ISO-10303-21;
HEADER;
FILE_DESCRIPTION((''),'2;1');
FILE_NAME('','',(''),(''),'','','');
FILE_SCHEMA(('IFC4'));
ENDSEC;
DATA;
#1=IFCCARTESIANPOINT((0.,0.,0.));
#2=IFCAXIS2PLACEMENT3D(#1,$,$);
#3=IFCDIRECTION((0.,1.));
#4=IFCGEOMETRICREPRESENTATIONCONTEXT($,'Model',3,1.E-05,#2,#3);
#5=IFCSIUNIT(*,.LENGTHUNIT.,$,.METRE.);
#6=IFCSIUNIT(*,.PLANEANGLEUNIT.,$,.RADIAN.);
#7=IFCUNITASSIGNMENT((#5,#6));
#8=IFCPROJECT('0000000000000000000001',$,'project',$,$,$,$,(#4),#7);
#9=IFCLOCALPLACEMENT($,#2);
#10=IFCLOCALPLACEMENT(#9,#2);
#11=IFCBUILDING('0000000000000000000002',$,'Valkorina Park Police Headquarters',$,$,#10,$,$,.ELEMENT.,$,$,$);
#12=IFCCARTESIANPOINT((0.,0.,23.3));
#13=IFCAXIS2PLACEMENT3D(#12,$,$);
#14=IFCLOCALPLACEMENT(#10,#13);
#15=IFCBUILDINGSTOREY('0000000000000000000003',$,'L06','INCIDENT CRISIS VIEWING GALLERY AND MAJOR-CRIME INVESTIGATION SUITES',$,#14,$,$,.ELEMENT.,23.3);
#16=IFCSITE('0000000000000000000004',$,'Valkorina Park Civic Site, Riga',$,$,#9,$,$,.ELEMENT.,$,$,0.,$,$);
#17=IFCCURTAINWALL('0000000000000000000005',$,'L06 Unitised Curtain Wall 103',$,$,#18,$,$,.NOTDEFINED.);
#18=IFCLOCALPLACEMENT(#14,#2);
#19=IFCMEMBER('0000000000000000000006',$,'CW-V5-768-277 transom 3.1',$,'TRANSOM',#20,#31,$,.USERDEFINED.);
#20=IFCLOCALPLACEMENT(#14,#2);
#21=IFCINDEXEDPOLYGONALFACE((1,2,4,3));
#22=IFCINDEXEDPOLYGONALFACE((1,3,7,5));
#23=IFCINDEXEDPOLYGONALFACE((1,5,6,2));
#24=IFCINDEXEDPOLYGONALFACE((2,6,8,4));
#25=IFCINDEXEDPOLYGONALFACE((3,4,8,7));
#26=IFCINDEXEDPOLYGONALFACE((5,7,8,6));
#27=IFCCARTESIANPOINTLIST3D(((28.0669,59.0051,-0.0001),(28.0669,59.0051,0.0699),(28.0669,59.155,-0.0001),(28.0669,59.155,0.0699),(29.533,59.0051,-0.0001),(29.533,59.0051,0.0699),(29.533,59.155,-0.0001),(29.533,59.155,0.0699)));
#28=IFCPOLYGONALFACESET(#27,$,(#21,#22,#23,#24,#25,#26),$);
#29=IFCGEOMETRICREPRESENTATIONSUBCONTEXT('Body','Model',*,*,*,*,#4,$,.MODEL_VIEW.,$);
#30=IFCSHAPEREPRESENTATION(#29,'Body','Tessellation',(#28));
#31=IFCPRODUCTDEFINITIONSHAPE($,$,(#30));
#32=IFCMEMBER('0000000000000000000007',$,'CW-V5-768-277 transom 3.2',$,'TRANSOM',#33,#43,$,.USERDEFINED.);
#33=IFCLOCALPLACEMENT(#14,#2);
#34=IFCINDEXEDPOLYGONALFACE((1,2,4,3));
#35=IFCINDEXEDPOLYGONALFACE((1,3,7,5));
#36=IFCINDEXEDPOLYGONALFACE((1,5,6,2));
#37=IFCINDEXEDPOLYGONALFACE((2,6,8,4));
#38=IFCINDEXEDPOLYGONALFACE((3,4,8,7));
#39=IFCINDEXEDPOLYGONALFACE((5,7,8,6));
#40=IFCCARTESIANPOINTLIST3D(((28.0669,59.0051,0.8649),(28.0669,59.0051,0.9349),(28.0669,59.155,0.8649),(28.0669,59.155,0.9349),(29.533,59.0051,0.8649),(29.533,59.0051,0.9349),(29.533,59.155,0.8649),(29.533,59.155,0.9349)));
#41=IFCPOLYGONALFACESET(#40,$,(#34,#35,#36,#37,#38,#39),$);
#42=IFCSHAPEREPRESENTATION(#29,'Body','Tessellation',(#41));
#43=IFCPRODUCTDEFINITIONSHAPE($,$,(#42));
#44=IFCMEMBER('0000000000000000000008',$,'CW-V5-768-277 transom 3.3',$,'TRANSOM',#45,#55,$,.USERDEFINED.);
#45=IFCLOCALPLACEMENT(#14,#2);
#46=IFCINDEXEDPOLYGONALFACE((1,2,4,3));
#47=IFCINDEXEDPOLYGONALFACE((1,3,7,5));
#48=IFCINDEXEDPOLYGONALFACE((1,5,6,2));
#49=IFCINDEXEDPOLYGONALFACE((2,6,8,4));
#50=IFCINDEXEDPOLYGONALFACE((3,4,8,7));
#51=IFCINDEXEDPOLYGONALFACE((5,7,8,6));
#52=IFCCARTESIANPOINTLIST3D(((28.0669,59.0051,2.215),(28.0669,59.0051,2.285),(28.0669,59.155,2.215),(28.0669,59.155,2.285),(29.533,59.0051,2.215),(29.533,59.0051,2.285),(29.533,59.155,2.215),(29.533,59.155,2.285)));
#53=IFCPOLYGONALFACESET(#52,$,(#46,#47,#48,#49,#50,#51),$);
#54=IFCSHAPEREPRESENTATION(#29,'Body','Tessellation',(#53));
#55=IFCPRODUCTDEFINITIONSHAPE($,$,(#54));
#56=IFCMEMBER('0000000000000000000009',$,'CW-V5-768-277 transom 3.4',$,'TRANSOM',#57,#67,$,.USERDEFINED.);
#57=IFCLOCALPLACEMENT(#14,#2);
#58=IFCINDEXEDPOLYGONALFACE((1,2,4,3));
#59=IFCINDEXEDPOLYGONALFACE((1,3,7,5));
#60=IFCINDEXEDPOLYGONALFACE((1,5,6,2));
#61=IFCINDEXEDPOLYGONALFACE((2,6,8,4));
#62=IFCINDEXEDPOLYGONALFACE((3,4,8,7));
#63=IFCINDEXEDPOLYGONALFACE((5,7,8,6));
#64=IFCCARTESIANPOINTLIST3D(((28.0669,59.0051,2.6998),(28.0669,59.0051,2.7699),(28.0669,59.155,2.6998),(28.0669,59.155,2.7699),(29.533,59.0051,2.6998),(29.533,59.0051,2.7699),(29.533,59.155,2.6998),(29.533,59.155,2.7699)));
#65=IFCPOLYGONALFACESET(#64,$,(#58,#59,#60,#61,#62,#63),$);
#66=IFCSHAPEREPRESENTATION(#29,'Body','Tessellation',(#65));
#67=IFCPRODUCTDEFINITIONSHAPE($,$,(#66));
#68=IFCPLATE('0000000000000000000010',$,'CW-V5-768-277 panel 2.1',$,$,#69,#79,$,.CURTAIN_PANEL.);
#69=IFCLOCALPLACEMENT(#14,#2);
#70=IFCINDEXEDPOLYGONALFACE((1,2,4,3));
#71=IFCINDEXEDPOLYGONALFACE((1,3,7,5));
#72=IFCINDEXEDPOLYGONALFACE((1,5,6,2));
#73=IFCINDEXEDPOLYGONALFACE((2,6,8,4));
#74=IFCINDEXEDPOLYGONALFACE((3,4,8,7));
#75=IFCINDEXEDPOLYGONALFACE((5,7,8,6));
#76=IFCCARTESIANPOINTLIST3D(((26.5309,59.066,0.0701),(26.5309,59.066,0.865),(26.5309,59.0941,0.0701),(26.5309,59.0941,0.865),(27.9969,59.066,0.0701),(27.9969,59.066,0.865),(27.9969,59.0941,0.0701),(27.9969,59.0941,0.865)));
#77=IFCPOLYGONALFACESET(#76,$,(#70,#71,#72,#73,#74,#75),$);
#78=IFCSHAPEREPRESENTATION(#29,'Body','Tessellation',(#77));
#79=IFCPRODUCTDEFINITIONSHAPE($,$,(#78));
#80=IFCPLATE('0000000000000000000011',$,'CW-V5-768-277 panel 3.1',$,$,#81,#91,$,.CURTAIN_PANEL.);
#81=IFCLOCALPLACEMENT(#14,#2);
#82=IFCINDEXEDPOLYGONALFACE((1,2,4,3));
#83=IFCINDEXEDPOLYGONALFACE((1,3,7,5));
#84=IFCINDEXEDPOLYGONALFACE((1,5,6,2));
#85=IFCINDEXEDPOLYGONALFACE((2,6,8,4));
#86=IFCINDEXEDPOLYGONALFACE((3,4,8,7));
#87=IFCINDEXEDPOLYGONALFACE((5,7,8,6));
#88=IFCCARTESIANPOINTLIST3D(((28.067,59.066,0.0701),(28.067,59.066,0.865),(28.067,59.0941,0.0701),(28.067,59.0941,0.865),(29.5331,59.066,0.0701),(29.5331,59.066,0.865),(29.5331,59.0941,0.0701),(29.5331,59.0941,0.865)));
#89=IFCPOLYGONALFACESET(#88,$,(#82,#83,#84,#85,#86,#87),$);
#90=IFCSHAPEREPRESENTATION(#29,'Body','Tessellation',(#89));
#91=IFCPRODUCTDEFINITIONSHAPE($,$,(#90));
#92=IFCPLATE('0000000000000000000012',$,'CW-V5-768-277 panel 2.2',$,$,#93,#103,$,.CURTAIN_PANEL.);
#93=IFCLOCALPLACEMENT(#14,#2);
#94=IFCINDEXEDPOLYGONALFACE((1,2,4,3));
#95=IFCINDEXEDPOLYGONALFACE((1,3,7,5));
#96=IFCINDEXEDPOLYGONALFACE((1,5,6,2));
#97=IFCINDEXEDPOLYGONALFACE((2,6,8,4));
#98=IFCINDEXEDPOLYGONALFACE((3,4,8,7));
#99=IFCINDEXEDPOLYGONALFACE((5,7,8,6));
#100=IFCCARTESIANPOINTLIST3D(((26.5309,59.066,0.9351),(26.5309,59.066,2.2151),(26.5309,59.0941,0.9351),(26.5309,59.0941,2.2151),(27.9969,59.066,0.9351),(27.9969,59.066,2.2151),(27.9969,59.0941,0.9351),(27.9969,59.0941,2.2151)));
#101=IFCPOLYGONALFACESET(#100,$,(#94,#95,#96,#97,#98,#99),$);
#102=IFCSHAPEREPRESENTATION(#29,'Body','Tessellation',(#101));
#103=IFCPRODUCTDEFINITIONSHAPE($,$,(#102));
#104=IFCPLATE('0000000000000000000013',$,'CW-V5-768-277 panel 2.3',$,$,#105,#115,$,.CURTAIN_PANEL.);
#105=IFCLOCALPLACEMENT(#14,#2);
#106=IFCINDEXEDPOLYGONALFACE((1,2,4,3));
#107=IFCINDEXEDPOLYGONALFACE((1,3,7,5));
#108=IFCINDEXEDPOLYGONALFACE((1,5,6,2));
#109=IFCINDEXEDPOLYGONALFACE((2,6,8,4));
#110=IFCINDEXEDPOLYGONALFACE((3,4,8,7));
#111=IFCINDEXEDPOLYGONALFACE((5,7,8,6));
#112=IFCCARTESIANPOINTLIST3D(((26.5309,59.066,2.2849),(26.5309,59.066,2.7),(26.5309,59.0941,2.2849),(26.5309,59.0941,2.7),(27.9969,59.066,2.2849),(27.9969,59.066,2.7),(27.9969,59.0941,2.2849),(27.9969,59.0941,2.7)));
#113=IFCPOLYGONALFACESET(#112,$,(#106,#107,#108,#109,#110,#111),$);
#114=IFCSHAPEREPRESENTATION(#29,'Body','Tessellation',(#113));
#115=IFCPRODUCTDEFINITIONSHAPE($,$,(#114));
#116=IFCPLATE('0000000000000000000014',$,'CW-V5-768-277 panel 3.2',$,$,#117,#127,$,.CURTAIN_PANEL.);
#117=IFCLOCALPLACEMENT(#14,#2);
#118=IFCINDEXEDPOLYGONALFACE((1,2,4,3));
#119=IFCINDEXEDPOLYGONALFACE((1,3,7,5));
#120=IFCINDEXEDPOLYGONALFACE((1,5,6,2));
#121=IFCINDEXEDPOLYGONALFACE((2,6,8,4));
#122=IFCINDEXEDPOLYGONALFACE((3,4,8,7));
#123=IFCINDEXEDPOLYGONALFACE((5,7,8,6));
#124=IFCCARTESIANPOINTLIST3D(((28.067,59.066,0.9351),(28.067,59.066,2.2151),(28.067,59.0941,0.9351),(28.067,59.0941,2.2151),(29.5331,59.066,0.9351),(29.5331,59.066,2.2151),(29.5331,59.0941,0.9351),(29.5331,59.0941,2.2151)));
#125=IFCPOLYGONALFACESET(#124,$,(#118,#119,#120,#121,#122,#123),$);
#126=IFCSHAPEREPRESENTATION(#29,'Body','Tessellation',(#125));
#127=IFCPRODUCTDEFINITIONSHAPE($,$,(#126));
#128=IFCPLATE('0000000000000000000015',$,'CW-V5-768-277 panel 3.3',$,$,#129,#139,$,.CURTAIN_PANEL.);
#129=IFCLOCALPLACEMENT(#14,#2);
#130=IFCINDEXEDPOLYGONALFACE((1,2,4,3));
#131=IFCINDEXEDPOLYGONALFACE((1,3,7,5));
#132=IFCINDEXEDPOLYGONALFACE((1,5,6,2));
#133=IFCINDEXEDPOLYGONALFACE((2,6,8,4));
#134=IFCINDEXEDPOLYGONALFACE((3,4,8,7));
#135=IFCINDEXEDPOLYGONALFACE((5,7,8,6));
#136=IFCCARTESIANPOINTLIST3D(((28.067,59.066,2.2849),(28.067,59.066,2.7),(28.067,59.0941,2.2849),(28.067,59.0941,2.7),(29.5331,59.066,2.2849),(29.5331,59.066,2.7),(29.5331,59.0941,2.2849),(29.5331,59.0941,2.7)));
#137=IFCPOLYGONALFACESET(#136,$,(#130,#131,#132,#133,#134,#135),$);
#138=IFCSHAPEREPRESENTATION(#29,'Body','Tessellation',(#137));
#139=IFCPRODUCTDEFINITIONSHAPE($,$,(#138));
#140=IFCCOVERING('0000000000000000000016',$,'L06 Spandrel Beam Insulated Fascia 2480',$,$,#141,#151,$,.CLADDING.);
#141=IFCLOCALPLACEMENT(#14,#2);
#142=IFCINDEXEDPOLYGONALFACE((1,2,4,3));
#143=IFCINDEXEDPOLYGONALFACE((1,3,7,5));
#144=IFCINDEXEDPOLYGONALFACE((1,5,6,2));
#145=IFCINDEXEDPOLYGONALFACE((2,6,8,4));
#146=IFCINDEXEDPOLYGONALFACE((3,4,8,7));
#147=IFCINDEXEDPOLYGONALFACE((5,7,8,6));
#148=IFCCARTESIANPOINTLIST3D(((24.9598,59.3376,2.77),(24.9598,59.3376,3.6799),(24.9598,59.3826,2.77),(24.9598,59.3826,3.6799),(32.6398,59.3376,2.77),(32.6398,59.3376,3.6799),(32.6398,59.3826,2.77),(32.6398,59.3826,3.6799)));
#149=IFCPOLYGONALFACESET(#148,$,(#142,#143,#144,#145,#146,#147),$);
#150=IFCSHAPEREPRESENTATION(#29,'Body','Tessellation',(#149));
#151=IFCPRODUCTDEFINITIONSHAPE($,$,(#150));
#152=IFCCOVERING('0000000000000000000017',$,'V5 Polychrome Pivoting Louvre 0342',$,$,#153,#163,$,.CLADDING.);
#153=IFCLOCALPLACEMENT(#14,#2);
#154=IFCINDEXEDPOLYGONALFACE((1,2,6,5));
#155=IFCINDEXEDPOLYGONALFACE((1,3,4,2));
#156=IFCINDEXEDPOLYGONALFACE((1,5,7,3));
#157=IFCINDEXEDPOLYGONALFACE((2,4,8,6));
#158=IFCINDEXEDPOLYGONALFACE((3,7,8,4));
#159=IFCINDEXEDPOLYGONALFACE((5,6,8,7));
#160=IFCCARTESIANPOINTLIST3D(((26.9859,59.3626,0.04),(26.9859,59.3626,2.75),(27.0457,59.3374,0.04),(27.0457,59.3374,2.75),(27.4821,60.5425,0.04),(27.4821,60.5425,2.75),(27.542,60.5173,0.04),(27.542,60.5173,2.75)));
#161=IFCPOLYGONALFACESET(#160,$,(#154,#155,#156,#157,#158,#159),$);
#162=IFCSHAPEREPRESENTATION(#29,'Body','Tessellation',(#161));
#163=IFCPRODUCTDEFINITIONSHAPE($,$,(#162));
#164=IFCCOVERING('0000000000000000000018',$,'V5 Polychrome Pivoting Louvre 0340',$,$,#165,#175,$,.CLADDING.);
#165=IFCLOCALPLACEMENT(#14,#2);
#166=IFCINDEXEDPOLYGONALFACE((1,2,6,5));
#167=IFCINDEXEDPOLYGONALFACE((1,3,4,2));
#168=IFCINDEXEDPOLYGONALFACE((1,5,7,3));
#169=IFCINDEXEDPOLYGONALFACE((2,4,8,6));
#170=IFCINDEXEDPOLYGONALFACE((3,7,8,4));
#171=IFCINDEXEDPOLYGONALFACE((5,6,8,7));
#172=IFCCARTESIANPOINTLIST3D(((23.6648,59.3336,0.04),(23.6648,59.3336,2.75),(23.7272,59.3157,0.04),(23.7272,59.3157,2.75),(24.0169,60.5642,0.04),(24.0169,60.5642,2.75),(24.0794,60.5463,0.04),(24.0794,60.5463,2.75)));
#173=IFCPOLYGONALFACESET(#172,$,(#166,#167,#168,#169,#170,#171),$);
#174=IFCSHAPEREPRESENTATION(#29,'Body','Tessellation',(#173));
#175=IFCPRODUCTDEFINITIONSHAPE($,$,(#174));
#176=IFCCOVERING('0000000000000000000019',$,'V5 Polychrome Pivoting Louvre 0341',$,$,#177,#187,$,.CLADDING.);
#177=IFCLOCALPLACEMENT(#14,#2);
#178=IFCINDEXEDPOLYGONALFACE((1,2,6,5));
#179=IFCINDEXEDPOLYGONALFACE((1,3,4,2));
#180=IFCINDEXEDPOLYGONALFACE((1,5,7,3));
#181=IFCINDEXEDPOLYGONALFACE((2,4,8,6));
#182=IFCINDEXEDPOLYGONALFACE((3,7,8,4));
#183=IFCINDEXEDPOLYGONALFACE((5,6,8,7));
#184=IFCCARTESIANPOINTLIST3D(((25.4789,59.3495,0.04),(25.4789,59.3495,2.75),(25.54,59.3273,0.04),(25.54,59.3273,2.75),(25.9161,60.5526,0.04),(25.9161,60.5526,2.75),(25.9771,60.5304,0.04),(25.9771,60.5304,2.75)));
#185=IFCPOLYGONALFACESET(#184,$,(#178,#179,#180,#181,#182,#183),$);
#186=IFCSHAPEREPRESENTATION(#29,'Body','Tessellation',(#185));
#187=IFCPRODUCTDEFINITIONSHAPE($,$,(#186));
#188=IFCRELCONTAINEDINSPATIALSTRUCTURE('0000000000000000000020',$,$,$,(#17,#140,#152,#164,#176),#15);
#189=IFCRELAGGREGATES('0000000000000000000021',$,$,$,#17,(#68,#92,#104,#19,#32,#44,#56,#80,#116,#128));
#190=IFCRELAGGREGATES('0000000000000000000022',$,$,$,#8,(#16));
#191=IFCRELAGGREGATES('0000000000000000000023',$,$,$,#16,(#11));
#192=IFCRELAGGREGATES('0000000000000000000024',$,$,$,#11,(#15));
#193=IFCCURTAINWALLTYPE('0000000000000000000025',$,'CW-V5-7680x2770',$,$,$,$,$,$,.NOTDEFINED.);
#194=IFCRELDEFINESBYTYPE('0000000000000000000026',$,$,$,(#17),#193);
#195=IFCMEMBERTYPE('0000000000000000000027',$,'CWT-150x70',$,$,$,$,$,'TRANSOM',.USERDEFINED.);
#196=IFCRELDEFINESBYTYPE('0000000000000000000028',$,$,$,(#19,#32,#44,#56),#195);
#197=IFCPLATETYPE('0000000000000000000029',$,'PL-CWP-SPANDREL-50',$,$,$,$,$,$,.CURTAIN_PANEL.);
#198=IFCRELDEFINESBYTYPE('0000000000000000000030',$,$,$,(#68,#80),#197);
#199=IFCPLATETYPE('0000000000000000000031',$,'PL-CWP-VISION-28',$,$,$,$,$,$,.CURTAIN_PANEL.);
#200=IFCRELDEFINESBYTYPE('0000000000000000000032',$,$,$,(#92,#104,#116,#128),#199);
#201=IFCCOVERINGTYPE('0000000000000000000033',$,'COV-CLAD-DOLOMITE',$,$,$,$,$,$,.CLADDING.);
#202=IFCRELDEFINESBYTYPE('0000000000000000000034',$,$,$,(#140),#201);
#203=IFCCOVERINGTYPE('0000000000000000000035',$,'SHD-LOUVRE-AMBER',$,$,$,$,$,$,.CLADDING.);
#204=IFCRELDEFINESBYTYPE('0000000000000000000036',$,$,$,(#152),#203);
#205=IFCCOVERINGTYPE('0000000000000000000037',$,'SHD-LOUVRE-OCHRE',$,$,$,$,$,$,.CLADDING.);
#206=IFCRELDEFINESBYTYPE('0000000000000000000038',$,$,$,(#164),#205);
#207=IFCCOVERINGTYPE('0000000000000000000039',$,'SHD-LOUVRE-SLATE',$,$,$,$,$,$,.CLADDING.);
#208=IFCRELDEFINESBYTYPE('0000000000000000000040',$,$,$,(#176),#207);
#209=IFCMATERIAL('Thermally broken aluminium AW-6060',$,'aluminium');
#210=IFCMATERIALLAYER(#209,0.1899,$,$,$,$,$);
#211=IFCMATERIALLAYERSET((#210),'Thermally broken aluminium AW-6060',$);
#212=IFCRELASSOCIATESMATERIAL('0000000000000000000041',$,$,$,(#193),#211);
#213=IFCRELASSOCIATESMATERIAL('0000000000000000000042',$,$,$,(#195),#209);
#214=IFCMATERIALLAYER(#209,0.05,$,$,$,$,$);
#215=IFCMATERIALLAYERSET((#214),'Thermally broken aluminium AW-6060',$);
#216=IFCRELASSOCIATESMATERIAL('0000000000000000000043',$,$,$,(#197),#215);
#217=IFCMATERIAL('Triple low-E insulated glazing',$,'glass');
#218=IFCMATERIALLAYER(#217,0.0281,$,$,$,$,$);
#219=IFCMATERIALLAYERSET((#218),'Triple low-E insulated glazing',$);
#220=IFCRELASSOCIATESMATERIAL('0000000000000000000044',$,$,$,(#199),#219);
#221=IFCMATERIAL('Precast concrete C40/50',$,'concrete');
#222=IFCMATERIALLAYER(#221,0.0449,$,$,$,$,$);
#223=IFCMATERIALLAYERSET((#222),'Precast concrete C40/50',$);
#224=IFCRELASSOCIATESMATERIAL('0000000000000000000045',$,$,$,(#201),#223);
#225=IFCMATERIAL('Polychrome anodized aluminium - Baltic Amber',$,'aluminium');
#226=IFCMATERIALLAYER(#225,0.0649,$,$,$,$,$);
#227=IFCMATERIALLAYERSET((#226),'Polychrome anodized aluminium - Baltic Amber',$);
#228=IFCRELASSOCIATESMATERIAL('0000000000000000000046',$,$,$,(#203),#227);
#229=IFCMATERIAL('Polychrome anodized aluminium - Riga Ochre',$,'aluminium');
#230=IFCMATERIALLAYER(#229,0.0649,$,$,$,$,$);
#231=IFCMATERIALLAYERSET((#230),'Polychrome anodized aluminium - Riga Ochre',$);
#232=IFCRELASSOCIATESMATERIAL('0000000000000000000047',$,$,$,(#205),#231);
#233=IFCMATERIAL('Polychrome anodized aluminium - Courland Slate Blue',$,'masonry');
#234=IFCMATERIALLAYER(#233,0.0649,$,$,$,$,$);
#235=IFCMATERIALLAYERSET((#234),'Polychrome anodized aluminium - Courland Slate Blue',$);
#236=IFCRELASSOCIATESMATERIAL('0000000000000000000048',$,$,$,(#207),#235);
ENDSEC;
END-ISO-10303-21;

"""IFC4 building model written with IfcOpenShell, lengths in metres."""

from ifc_helpers import new_model, si_unit, direction, frame, frame_2d, origin, origin_2d, place, context, subcontext, project, spatial, rectangle, extrude, material, layer, layer_set, material_profile, profile_set, type_object, element, aggregate, save


model = new_model("IFC4")

# Units and contexts
model_context = context("Model", 3, precision=1e-05, world=origin(), true_north=direction((0.0, 1.0)))
body_context = subcontext(model_context, "Body", "Model", "MODEL_VIEW")
ifc_project = project(units=[si_unit("LENGTHUNIT", "METRE"), si_unit("PLANEANGLEUNIT", "RADIAN")], contexts=[model_context])

# Site, building, storey
site_placement = place(None, origin())
site = spatial("IfcSite", under=ifc_project, at=site_placement, Name="Valkorina Park Civic Site, Riga", CompositionType="ELEMENT", RefElevation=0.0)
building_placement = place(site_placement, origin())
building = spatial("IfcBuilding", under=site, at=building_placement, Name="Valkorina Park Police Headquarters", CompositionType="ELEMENT")
storey_placement = place(building_placement, frame((0.0, 0.0, 23.3)))
storey = spatial("IfcBuildingStorey", under=building, at=storey_placement, Name="L06", Description="INCIDENT CRISIS VIEWING GALLERY AND MAJOR-CRIME INVESTIGATION SUITES", CompositionType="ELEMENT", Elevation=23.3)

# Curtain wall, members, plates
ifc_material_1 = material(Name="Thermally broken aluminium AW-6060", Category="aluminium")
ifc_layer_1 = layer(ifc_material_1, 0.1899)
ifc_layer_set_1 = layer_set([ifc_layer_1], Name="Thermally broken aluminium AW-6060")
curtain_wall_type = type_object("IfcCurtainWallType", Name="CW-V5-7680x2770", PredefinedType="NOTDEFINED", material=ifc_layer_set_1)
curtain_wall_placement = place(storey_placement, origin())
curtain_wall = element("IfcCurtainWall", 1, at=curtain_wall_placement, inside=storey, type_object=curtain_wall_type, Name="L06 Unitised Curtain Wall 103", PredefinedType="NOTDEFINED")
ifc_material_profile_1 = material_profile(ifc_material_1, rectangle(XDim=0.1499, YDim=0.0701, at=origin_2d()), Name="CWT-02 150x70")
ifc_profile_set_1 = profile_set([ifc_material_profile_1], Name="Thermally broken aluminium AW-6060")
member_type_1 = type_object("IfcMemberType", Name="CWT-150x70", ElementType="TRANSOM", PredefinedType="USERDEFINED", material=ifc_profile_set_1)
member_1_placement = place(storey_placement, frame((28.0669, 59.0801, 0.0349), z_axis=(1.0, 0.0, 0.0), x_axis=(0.0, 1.0, 0.0)))
member_1 = element("IfcMember", 2, at=member_1_placement, type_object=member_type_1, Name="CW-V5-768-277 transom 3.1", ObjectType="TRANSOM", PredefinedType="USERDEFINED", context=body_context, shape_type="SweptSolid", body=[
    extrude(rectangle(XDim=0.1499, YDim=0.0701, at=origin_2d()), origin(), (0.0, 0.0, 1.0), 1.4661),
])
member_2_placement = place(storey_placement, frame((28.0669, 59.0801, 0.8999), z_axis=(1.0, 0.0, 0.0), x_axis=(0.0, 1.0, 0.0)))
member_2 = element("IfcMember", 3, at=member_2_placement, type_object=member_type_1, Name="CW-V5-768-277 transom 3.2", ObjectType="TRANSOM", PredefinedType="USERDEFINED", context=body_context, shape_type="SweptSolid", body=[
    extrude(rectangle(XDim=0.1499, YDim=0.0701, at=origin_2d()), origin(), (0.0, 0.0, 1.0), 1.4661),
])
member_3_placement = place(storey_placement, frame((28.0669, 59.0801, 2.25), z_axis=(1.0, 0.0, 0.0), x_axis=(0.0, 1.0, 0.0)))
member_3 = element("IfcMember", 4, at=member_3_placement, type_object=member_type_1, Name="CW-V5-768-277 transom 3.3", ObjectType="TRANSOM", PredefinedType="USERDEFINED", context=body_context, shape_type="SweptSolid", body=[
    extrude(rectangle(XDim=0.1499, YDim=0.0701, at=origin_2d()), origin(), (0.0, 0.0, 1.0), 1.4661),
])
member_4_placement = place(storey_placement, frame((28.0669, 59.0801, 2.7349), z_axis=(1.0, 0.0, 0.0), x_axis=(0.0, 1.0, 0.0)))
member_4 = element("IfcMember", 5, at=member_4_placement, type_object=member_type_1, Name="CW-V5-768-277 transom 3.4", ObjectType="TRANSOM", PredefinedType="USERDEFINED", context=body_context, shape_type="SweptSolid", body=[
    extrude(rectangle(XDim=0.1499, YDim=0.0701, at=origin_2d()), origin(), (0.0, 0.0, 1.0), 1.4661),
])
ifc_layer_2 = layer(ifc_material_1, 0.05)
ifc_layer_set_2 = layer_set([ifc_layer_2], Name="Thermally broken aluminium AW-6060")
plate_type_1 = type_object("IfcPlateType", Name="PL-CWP-SPANDREL-50", PredefinedType="CURTAIN_PANEL", material=ifc_layer_set_2)
plate_1_placement = place(storey_placement, frame((27.2639, 59.0801, 0.0701), z_axis=(0.0, 0.0, 1.0), x_axis=(1.0, 0.0, 0.0)))
plate_1 = element("IfcPlate", 6, at=plate_1_placement, type_object=plate_type_1, Name="CW-V5-768-277 panel 2.1", PredefinedType="CURTAIN_PANEL", context=body_context, shape_type="SweptSolid", body=[
    extrude(rectangle(XDim=1.4661, YDim=0.0281, at=origin_2d()), origin(), (0.0, 0.0, 1.0), 0.7949),
])
plate_2_placement = place(storey_placement, frame((28.8, 59.0801, 0.0701), z_axis=(0.0, 0.0, 1.0), x_axis=(1.0, 0.0, 0.0)))
plate_2 = element("IfcPlate", 7, at=plate_2_placement, type_object=plate_type_1, Name="CW-V5-768-277 panel 3.1", PredefinedType="CURTAIN_PANEL", context=body_context, shape_type="SweptSolid", body=[
    extrude(rectangle(XDim=1.4661, YDim=0.0281, at=origin_2d()), origin(), (0.0, 0.0, 1.0), 0.7949),
])
ifc_material_2 = material(Name="Triple low-E insulated glazing", Category="glass")
ifc_layer_3 = layer(ifc_material_2, 0.0281)
ifc_layer_set_3 = layer_set([ifc_layer_3], Name="Triple low-E insulated glazing")
plate_type_2 = type_object("IfcPlateType", Name="PL-CWP-VISION-28", PredefinedType="CURTAIN_PANEL", material=ifc_layer_set_3)
plate_3_placement = place(storey_placement, frame((27.2639, 59.0801, 0.9351), z_axis=(0.0, 0.0, 1.0), x_axis=(1.0, 0.0, 0.0)))
plate_3 = element("IfcPlate", 8, at=plate_3_placement, type_object=plate_type_2, Name="CW-V5-768-277 panel 2.2", PredefinedType="CURTAIN_PANEL", context=body_context, shape_type="SweptSolid", body=[
    extrude(rectangle(XDim=1.4661, YDim=0.0281, at=origin_2d()), origin(), (0.0, 0.0, 1.0), 1.28),
])
plate_4_placement = place(storey_placement, frame((27.2639, 59.0801, 2.2849), z_axis=(0.0, 0.0, 1.0), x_axis=(1.0, 0.0, 0.0)))
plate_4 = element("IfcPlate", 9, at=plate_4_placement, type_object=plate_type_2, Name="CW-V5-768-277 panel 2.3", PredefinedType="CURTAIN_PANEL", context=body_context, shape_type="SweptSolid", body=[
    extrude(rectangle(XDim=1.4661, YDim=0.0281, at=origin_2d()), origin(), (0.0, 0.0, 1.0), 0.415),
])
plate_5_placement = place(storey_placement, frame((28.8, 59.0801, 0.9351), z_axis=(0.0, 0.0, 1.0), x_axis=(1.0, 0.0, 0.0)))
plate_5 = element("IfcPlate", 10, at=plate_5_placement, type_object=plate_type_2, Name="CW-V5-768-277 panel 3.2", PredefinedType="CURTAIN_PANEL", context=body_context, shape_type="SweptSolid", body=[
    extrude(rectangle(XDim=1.4661, YDim=0.0281, at=origin_2d()), origin(), (0.0, 0.0, 1.0), 1.28),
])
plate_6_placement = place(storey_placement, frame((28.8, 59.0801, 2.2849), z_axis=(0.0, 0.0, 1.0), x_axis=(1.0, 0.0, 0.0)))
plate_6 = element("IfcPlate", 11, at=plate_6_placement, type_object=plate_type_2, Name="CW-V5-768-277 panel 3.3", PredefinedType="CURTAIN_PANEL", context=body_context, shape_type="SweptSolid", body=[
    extrude(rectangle(XDim=1.4661, YDim=0.0281, at=origin_2d()), origin(), (0.0, 0.0, 1.0), 0.415),
])
aggregate(curtain_wall, [plate_1, plate_3, plate_4, member_1, member_2, member_3, member_4, plate_2, plate_5, plate_6])

# Coverings
ifc_material_3 = material(Name="Precast concrete C40/50", Category="concrete")
ifc_layer_4 = layer(ifc_material_3, 0.0449)
ifc_layer_set_4 = layer_set([ifc_layer_4], Name="Precast concrete C40/50")
covering_type_1 = type_object("IfcCoveringType", Name="COV-CLAD-DOLOMITE", PredefinedType="CLADDING", material=ifc_layer_set_4)
covering_1_placement = place(storey_placement, frame((24.96, 59.3601, 2.77), z_axis=(0.0, 0.0, 1.0), x_axis=(1.0, 0.0, 0.0)))
element("IfcCovering", 12, at=covering_1_placement, inside=storey, type_object=covering_type_1, Name="L06 Spandrel Beam Insulated Fascia 2480", PredefinedType="CLADDING", context=body_context, shape_type="SweptSolid", body=[
    extrude(rectangle(XDim=7.6799, YDim=0.0449, at=frame_2d((3.8398, 0.0))), origin(), (0.0, 0.0, 1.0), 0.9099),
])
ifc_material_4 = material(Name="Polychrome anodized aluminium - Baltic Amber", Category="aluminium")
ifc_layer_5 = layer(ifc_material_4, 0.0649)
ifc_layer_set_5 = layer_set([ifc_layer_5], Name="Polychrome anodized aluminium - Baltic Amber")
covering_type_2 = type_object("IfcCoveringType", Name="SHD-LOUVRE-AMBER", PredefinedType="CLADDING", material=ifc_layer_set_5)
covering_2_placement = place(storey_placement, frame((27.2639, 59.9399, 0.04), z_axis=(0.0, 0.0, 1.0), x_axis=(0.387676, 0.921796, 0.0)))
element("IfcCovering", 13, at=covering_2_placement, inside=storey, type_object=covering_type_2, Name="V5 Polychrome Pivoting Louvre 0342", PredefinedType="CLADDING", context=body_context, shape_type="SweptSolid", body=[
    extrude(rectangle(XDim=1.28, YDim=0.0649, at=origin_2d()), origin(), (0.0, 0.0, 1.0), 2.71),
])
ifc_material_5 = material(Name="Polychrome anodized aluminium - Riga Ochre", Category="aluminium")
ifc_layer_6 = layer(ifc_material_5, 0.0649)
ifc_layer_set_6 = layer_set([ifc_layer_6], Name="Polychrome anodized aluminium - Riga Ochre")
covering_type_3 = type_object("IfcCoveringType", Name="SHD-LOUVRE-OCHRE", PredefinedType="CLADDING", material=ifc_layer_set_6)
covering_3_placement = place(storey_placement, frame((23.8721, 59.9399, 0.04), z_axis=(0.0, 0.0, 1.0), x_axis=(0.275134, 0.961406, 0.0)))
element("IfcCovering", 14, at=covering_3_placement, inside=storey, type_object=covering_type_3, Name="V5 Polychrome Pivoting Louvre 0340", PredefinedType="CLADDING", context=body_context, shape_type="SweptSolid", body=[
    extrude(rectangle(XDim=1.28, YDim=0.0649, at=origin_2d()), origin(), (0.0, 0.0, 1.0), 2.71),
])
ifc_material_6 = material(Name="Polychrome anodized aluminium - Courland Slate Blue", Category="masonry")
ifc_layer_7 = layer(ifc_material_6, 0.0649)
ifc_layer_set_7 = layer_set([ifc_layer_7], Name="Polychrome anodized aluminium - Courland Slate Blue")
covering_type_4 = type_object("IfcCoveringType", Name="SHD-LOUVRE-SLATE", PredefinedType="CLADDING", material=ifc_layer_set_7)
covering_4_placement = place(storey_placement, frame((25.728, 59.9399, 0.04), z_axis=(0.0, 0.0, 1.0), x_axis=(0.341528, 0.939872, 0.0)))
element("IfcCovering", 15, at=covering_4_placement, inside=storey, type_object=covering_type_4, Name="V5 Polychrome Pivoting Louvre 0341", PredefinedType="CLADDING", context=body_context, shape_type="SweptSolid", body=[
    extrude(rectangle(XDim=1.28, YDim=0.0649, at=origin_2d()), origin(), (0.0, 0.0, 1.0), 2.71),
])

save(model, "model.ifc")
